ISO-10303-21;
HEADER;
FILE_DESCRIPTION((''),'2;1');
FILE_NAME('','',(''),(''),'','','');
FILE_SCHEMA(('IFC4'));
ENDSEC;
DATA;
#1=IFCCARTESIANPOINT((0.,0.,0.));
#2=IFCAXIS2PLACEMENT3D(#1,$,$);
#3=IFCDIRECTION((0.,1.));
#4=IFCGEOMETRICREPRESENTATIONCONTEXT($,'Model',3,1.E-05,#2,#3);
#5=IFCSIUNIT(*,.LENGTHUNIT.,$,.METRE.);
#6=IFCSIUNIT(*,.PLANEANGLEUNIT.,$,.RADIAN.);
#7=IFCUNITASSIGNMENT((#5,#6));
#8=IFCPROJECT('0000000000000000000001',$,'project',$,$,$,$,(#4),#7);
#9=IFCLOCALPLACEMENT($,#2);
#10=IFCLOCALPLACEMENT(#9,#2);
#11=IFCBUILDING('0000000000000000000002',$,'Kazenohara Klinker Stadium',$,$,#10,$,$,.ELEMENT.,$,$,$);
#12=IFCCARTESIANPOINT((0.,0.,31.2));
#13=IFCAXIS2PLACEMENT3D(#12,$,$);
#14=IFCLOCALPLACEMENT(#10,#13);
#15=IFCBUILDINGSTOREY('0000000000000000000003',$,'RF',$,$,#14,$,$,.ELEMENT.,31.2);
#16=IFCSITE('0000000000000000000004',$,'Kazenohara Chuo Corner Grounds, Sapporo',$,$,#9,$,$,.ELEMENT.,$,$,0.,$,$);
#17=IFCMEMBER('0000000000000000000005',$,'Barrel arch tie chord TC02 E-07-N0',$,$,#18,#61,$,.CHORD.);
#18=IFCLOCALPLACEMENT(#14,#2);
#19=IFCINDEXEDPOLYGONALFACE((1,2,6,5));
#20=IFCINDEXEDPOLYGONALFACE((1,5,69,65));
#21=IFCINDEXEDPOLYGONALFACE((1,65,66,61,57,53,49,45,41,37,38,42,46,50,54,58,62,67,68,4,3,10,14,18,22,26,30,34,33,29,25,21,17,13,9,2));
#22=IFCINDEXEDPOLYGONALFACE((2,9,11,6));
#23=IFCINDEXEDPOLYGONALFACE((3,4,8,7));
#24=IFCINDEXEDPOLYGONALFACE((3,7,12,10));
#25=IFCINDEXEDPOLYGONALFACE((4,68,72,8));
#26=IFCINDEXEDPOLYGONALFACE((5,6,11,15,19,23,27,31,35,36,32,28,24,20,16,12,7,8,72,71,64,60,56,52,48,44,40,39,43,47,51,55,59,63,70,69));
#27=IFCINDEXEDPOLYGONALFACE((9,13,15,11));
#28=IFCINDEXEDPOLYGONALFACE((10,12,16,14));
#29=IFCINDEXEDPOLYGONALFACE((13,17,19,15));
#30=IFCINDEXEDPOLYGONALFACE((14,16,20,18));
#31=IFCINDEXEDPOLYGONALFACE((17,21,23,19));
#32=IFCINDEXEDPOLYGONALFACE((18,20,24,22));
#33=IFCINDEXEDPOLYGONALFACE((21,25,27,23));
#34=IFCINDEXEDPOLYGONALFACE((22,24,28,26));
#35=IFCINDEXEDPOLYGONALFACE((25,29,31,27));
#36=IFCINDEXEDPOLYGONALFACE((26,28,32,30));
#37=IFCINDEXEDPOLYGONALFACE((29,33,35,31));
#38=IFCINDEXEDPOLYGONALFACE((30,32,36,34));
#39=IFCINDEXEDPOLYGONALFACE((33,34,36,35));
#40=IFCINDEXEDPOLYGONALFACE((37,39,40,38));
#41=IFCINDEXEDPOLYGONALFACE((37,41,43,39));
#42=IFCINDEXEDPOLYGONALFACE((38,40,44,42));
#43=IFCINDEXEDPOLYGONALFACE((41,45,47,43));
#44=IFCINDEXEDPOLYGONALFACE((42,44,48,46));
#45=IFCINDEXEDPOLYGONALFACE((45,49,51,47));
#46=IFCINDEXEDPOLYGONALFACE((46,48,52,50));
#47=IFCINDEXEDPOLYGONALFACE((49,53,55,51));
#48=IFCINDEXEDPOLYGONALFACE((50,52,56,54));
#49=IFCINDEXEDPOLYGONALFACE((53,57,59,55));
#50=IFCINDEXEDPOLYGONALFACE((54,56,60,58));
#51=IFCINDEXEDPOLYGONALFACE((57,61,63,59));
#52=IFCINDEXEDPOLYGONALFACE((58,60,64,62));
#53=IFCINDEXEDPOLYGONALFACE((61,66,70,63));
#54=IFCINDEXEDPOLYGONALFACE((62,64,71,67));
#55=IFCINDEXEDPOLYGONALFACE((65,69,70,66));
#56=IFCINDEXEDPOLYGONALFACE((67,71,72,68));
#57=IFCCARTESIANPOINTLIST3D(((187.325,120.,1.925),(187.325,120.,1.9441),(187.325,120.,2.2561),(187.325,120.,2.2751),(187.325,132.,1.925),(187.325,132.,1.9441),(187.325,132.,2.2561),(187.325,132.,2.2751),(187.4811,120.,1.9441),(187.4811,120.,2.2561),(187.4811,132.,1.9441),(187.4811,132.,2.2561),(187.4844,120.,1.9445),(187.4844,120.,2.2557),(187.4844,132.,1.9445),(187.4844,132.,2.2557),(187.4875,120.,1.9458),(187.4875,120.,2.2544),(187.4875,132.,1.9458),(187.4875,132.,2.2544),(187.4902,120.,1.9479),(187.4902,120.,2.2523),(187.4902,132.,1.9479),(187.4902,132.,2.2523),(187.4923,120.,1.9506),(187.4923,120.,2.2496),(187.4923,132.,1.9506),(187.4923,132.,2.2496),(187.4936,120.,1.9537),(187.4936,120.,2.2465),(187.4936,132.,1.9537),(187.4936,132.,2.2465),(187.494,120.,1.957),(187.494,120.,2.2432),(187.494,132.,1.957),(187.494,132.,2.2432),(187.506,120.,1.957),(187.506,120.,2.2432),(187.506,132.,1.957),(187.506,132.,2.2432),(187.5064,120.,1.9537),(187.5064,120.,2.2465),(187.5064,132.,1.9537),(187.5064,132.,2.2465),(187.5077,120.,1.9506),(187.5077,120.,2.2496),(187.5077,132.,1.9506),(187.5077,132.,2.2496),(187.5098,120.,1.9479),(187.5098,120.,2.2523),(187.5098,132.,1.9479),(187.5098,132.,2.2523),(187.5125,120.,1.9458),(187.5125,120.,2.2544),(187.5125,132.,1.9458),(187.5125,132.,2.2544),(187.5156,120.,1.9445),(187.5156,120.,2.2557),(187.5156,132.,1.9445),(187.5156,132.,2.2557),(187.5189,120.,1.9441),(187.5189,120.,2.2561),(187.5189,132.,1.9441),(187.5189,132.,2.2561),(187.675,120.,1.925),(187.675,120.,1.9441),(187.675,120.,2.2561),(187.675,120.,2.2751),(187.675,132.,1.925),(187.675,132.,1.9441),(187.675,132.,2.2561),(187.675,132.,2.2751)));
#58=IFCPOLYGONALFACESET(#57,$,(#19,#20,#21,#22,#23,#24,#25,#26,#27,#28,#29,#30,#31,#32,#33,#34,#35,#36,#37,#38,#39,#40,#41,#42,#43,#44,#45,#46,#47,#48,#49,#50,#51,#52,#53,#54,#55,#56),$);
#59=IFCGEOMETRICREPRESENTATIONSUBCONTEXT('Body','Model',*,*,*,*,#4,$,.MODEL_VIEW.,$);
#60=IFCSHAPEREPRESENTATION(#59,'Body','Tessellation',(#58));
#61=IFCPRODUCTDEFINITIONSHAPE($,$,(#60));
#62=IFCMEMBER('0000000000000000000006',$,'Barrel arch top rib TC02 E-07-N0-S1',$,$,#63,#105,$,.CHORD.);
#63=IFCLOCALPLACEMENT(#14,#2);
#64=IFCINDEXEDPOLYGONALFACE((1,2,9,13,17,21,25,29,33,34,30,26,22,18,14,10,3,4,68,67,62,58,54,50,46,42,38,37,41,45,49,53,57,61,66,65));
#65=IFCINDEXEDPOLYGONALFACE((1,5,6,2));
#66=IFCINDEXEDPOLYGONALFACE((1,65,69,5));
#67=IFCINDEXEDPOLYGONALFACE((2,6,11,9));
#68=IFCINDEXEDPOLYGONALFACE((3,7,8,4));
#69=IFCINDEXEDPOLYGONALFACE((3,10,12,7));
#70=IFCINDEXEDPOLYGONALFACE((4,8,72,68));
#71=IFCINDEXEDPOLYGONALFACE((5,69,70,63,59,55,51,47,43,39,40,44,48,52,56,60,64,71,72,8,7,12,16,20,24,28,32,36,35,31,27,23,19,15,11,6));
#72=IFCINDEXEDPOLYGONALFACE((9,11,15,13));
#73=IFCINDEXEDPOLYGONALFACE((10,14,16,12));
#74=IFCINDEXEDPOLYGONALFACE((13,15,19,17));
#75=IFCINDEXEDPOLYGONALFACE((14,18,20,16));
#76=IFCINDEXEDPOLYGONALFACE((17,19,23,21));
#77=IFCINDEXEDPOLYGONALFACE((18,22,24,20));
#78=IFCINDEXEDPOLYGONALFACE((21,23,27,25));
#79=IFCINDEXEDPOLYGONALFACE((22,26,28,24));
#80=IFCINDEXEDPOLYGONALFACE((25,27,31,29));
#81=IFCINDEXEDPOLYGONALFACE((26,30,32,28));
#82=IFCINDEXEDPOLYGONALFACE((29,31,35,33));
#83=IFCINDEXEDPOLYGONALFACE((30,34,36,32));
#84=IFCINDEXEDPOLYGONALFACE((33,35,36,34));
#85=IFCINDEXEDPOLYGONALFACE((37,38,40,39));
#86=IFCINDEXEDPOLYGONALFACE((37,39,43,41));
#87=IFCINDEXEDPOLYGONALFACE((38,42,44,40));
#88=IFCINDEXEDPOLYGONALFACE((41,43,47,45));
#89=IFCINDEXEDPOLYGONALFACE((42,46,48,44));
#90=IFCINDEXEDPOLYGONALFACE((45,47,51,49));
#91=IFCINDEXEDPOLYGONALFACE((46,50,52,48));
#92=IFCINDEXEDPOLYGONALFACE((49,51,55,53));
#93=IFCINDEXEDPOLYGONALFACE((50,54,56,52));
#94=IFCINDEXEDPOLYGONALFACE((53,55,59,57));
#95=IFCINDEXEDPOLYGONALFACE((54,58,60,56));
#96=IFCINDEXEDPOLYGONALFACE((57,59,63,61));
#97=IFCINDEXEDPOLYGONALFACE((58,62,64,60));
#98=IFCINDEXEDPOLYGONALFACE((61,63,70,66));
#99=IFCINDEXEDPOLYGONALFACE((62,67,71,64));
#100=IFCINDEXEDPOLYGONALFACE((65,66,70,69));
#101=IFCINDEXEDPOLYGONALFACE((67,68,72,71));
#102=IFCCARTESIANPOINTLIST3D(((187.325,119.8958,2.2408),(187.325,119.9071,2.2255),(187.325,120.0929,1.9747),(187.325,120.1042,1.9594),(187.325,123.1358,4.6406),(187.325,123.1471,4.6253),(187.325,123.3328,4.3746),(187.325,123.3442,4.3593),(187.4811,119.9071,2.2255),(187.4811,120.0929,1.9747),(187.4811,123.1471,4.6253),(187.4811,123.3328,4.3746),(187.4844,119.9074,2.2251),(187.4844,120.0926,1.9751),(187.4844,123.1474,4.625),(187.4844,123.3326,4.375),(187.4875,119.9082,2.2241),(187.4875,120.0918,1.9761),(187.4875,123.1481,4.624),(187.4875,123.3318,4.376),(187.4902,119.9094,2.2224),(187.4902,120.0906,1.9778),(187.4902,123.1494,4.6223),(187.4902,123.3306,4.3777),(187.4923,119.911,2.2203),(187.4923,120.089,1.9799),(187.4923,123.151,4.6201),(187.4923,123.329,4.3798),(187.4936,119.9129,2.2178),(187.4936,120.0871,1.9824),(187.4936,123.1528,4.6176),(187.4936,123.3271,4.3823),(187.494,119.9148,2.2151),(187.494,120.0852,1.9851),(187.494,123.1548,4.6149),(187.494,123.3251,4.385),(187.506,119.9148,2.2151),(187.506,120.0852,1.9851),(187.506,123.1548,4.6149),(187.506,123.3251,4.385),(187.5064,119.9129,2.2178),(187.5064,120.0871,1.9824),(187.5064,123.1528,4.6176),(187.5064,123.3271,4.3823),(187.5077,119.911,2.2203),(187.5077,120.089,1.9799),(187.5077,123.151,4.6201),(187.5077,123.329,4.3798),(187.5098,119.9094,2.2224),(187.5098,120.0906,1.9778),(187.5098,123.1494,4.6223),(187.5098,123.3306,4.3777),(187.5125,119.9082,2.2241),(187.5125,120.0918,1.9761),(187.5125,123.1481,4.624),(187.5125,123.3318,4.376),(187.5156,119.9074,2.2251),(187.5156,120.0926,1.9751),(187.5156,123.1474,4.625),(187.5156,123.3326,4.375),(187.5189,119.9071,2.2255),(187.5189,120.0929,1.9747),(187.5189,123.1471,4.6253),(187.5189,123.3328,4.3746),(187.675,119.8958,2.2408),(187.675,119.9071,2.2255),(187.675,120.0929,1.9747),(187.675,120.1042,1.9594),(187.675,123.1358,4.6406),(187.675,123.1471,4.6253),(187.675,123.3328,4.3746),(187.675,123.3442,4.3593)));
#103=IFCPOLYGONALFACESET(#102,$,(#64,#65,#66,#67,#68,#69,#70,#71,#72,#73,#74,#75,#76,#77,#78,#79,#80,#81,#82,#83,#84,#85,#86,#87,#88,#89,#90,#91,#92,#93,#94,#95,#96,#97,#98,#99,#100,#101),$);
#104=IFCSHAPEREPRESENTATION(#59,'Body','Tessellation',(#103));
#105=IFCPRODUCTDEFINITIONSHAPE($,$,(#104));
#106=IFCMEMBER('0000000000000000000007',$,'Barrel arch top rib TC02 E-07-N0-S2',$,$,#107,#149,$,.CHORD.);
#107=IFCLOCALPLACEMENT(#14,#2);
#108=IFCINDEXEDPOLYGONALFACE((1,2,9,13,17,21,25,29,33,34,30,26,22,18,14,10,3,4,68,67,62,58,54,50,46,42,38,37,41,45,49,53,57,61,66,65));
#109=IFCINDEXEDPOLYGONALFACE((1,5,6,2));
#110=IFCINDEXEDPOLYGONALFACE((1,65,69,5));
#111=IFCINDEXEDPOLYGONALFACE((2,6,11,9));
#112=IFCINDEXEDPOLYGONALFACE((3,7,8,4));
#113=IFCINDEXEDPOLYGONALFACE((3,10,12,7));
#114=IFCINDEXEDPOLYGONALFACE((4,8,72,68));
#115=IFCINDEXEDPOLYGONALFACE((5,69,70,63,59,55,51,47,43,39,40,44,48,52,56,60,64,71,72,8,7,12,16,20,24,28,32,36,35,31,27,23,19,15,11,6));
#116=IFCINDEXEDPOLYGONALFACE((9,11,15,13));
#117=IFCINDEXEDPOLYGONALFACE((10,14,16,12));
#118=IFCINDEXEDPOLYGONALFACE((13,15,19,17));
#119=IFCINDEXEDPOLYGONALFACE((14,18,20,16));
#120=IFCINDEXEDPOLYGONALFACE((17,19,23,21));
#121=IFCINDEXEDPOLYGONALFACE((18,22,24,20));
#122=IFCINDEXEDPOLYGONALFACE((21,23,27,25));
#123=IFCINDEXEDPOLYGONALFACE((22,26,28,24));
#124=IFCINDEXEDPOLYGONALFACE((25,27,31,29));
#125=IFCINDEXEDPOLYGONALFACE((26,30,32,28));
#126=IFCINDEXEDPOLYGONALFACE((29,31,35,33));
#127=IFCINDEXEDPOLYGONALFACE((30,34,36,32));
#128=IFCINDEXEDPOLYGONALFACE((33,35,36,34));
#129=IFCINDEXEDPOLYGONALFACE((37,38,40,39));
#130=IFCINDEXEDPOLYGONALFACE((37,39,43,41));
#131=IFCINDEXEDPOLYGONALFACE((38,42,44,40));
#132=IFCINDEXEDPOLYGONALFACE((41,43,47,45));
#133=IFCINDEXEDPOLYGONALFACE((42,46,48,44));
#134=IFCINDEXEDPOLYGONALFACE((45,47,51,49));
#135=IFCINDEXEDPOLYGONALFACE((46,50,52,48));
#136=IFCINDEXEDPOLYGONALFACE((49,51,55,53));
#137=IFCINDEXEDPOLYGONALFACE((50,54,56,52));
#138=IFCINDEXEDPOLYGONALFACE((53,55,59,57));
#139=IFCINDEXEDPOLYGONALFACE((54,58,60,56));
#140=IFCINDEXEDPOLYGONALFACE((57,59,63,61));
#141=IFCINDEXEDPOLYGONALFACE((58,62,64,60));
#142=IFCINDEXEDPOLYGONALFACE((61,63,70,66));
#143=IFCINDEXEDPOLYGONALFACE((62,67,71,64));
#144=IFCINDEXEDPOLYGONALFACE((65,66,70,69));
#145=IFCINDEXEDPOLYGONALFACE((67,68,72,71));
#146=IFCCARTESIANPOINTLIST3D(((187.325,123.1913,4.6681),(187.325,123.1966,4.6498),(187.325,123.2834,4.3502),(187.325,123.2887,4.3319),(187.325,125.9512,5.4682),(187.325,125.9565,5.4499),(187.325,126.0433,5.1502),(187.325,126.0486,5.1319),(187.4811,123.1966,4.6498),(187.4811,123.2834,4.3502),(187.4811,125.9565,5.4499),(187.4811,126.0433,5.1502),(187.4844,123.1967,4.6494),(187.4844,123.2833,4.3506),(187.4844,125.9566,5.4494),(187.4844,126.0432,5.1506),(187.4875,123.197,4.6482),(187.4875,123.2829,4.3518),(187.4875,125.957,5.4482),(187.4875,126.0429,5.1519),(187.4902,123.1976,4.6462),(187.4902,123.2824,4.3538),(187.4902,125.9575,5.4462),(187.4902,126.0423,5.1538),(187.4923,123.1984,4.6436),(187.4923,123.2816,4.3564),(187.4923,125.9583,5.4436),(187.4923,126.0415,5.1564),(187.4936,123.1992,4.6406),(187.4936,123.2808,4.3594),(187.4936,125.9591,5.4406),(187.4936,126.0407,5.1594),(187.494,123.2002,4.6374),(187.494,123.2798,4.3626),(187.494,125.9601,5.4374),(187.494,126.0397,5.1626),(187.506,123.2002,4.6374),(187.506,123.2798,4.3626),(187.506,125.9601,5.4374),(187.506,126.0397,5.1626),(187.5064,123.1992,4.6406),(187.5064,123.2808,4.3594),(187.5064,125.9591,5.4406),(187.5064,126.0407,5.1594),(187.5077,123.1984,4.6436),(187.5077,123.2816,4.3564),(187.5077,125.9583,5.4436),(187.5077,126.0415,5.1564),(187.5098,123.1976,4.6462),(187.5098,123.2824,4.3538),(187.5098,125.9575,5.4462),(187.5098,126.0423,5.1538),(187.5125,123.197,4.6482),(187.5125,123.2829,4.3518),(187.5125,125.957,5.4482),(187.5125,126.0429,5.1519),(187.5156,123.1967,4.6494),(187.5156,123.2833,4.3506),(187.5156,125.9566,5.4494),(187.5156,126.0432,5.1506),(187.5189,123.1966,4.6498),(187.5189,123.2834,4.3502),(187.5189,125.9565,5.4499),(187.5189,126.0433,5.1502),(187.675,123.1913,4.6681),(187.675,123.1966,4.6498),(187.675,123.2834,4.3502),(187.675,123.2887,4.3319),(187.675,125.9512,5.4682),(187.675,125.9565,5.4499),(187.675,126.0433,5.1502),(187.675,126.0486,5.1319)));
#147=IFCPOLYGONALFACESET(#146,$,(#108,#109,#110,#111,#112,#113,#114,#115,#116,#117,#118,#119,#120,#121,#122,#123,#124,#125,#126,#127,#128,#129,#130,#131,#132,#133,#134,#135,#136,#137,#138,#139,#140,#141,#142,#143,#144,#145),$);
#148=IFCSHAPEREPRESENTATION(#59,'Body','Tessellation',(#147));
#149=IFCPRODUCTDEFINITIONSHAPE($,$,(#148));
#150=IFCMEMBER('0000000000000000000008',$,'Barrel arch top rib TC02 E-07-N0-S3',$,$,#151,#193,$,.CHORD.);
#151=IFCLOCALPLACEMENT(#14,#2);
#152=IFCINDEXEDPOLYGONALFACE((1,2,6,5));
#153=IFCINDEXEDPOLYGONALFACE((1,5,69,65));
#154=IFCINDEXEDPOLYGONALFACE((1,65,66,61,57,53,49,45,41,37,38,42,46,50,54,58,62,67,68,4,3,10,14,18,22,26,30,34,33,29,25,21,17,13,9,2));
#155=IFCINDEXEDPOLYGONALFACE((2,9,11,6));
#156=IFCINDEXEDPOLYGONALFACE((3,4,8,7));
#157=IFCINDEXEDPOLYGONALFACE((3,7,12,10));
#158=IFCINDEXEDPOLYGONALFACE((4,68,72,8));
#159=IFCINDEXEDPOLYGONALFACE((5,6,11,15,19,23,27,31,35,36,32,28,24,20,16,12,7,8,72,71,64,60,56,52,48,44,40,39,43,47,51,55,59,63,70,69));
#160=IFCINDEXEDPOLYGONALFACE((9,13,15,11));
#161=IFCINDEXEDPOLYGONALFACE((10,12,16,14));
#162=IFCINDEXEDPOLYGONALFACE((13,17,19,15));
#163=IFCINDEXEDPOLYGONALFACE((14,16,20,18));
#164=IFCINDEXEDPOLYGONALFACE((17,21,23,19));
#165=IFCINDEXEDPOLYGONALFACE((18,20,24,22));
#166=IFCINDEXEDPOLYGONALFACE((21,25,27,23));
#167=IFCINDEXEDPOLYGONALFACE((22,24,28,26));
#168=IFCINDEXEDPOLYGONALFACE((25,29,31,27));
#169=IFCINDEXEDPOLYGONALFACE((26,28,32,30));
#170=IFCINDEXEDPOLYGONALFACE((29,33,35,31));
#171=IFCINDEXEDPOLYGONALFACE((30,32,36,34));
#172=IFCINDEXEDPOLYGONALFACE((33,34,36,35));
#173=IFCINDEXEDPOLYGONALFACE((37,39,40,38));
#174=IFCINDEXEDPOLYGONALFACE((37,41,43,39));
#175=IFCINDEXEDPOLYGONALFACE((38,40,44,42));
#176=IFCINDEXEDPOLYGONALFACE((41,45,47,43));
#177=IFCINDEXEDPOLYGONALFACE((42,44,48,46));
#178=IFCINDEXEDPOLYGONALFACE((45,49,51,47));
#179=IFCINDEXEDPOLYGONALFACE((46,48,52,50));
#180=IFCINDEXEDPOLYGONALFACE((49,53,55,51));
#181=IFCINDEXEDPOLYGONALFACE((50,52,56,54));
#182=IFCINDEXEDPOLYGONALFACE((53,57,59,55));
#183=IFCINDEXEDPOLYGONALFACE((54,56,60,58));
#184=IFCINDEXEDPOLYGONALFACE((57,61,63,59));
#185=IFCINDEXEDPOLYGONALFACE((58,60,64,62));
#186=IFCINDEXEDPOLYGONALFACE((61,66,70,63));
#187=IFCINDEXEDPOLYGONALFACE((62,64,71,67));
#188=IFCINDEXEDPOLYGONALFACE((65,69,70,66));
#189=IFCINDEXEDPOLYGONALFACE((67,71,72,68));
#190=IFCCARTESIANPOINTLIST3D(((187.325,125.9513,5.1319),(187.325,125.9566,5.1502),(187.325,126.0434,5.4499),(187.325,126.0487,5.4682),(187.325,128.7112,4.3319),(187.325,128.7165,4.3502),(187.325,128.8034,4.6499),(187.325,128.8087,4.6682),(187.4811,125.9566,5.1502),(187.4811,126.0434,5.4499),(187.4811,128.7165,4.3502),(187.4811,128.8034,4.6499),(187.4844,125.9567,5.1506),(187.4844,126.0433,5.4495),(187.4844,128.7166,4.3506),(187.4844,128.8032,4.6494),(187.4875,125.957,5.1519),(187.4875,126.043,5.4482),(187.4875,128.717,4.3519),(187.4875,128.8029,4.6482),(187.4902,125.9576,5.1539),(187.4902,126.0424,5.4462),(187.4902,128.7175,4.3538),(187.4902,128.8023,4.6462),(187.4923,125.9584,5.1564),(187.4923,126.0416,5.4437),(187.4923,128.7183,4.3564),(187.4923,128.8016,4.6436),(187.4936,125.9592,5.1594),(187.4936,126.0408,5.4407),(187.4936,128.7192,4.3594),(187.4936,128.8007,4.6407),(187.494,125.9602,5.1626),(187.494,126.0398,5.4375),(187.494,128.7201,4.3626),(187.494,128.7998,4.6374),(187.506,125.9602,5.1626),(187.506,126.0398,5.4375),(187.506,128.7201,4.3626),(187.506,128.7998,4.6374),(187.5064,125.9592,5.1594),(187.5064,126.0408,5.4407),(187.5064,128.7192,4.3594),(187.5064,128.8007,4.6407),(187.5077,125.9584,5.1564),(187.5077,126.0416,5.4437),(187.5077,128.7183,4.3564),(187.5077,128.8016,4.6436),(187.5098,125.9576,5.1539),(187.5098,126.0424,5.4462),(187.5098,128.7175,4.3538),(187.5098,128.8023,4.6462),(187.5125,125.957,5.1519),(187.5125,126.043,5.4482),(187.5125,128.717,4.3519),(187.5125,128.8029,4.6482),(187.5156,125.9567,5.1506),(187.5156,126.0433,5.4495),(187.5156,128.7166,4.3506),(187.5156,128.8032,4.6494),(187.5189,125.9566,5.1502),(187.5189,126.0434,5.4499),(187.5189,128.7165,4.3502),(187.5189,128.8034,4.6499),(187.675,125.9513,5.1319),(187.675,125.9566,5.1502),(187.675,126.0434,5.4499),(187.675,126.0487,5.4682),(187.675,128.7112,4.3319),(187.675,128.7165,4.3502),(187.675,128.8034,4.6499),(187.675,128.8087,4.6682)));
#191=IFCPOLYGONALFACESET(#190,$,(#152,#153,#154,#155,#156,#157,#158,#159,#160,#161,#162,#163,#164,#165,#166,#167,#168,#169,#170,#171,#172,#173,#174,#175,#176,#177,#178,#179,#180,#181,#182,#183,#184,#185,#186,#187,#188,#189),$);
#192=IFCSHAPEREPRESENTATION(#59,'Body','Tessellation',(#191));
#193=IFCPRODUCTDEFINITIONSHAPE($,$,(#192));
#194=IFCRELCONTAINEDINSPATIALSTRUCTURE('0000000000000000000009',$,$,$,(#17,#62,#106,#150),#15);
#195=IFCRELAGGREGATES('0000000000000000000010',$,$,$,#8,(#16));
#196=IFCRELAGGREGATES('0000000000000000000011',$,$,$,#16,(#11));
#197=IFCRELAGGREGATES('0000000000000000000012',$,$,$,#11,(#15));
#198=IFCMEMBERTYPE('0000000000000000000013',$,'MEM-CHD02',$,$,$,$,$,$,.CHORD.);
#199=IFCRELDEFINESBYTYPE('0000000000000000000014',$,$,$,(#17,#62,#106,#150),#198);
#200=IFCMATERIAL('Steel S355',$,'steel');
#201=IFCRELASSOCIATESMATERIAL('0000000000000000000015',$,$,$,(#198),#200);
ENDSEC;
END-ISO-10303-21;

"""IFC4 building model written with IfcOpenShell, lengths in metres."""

from ifc_helpers import new_model, si_unit, direction, frame, origin, origin_2d, place, context, subcontext, project, spatial, i_section, extrude, material, material_profile, profile_set, type_object, element, save


model = new_model("IFC4")

# Units and contexts
model_context = context("Model", 3, precision=1e-05, world=origin(), true_north=direction((0.0, 1.0)))
body_context = subcontext(model_context, "Body", "Model", "MODEL_VIEW")
ifc_project = project(units=[si_unit("LENGTHUNIT", "METRE"), si_unit("PLANEANGLEUNIT", "RADIAN")], contexts=[model_context])

# Site, building, storey
site_placement = place(None, origin())
site = spatial("IfcSite", under=ifc_project, at=site_placement, Name="Kazenohara Chuo Corner Grounds, Sapporo", CompositionType="ELEMENT", RefElevation=0.0)
building_placement = place(site_placement, origin())
building = spatial("IfcBuilding", under=site, at=building_placement, Name="Kazenohara Klinker Stadium", CompositionType="ELEMENT")
storey_placement = place(building_placement, frame((0.0, 0.0, 31.2)))
storey = spatial("IfcBuildingStorey", under=building, at=storey_placement, Name="RF", CompositionType="ELEMENT", Elevation=31.2)

# Members
ifc_material_1 = material(Name="Steel S355", Category="steel")
ifc_material_profile_1 = material_profile(ifc_material_1, i_section(OverallWidth=0.3501, OverallDepth=0.3501, WebThickness=0.012, FlangeThickness=0.019, FilletRadius=0.0129, at=origin_2d()), Name="H-350x350x12x19")
ifc_profile_set_1 = profile_set([ifc_material_profile_1], Name="Steel S355")
member_type_1 = type_object("IfcMemberType", Name="MEM-CHD02", PredefinedType="CHORD", material=ifc_profile_set_1)
member_1_placement = place(storey_placement, frame((187.5, 120.0, 2.1001), z_axis=(0.0, 1.0, 0.0), x_axis=(-1.0, 0.0, 0.0)))
element("IfcMember", 1, at=member_1_placement, inside=storey, type_object=member_type_1, Name="Barrel arch tie chord TC02 E-07-N0", PredefinedType="CHORD", context=body_context, shape_type="SweptSolid", body=[
    extrude(i_section(OverallWidth=0.3501, OverallDepth=0.3501, WebThickness=0.012, FlangeThickness=0.019, FilletRadius=0.0129, at=origin_2d()), origin(), (0.0, 0.0, 1.0), 12.0),
])
member_2_placement = place(storey_placement, frame((187.5, 120.0, 2.1001), z_axis=(0.0, 0.803568, 0.595213), x_axis=(-1.0, 0.0, 0.0)))
element("IfcMember", 2, at=member_2_placement, inside=storey, type_object=member_type_1, Name="Barrel arch top rib TC02 E-07-N0-S1", PredefinedType="CHORD", context=body_context, shape_type="SweptSolid", body=[
    extrude(i_section(OverallWidth=0.3501, OverallDepth=0.3501, WebThickness=0.012, FlangeThickness=0.019, FilletRadius=0.0129, at=origin_2d()), origin(), (0.0, 0.0, 1.0), 4.032),
])
for number, where, z_axis, x_axis, name in (
    (3, (187.5, 123.24, 4.5), (0.0, 0.960462, 0.278411), (-1.0, 0.0, 0.0), "Barrel arch top rib TC02 E-07-N0-S2"),
    (4, (187.5, 126.0, 5.3), (0.0, 0.960462, -0.278411), (-1.0, 0.0, 0.0), "Barrel arch top rib TC02 E-07-N0-S3"),
):
    element("IfcMember", number, at=place(storey_placement, frame(where, z_axis=z_axis, x_axis=x_axis)), inside=storey, type_object=member_type_1, Name=name, PredefinedType="CHORD", context=body_context, shape_type="SweptSolid", body=[
        extrude(i_section(OverallWidth=0.3501, OverallDepth=0.3501, WebThickness=0.012, FlangeThickness=0.019, FilletRadius=0.0129, at=origin_2d()), origin(), (0.0, 0.0, 1.0), 2.8735),
    ])

save(model, "model.ifc")
